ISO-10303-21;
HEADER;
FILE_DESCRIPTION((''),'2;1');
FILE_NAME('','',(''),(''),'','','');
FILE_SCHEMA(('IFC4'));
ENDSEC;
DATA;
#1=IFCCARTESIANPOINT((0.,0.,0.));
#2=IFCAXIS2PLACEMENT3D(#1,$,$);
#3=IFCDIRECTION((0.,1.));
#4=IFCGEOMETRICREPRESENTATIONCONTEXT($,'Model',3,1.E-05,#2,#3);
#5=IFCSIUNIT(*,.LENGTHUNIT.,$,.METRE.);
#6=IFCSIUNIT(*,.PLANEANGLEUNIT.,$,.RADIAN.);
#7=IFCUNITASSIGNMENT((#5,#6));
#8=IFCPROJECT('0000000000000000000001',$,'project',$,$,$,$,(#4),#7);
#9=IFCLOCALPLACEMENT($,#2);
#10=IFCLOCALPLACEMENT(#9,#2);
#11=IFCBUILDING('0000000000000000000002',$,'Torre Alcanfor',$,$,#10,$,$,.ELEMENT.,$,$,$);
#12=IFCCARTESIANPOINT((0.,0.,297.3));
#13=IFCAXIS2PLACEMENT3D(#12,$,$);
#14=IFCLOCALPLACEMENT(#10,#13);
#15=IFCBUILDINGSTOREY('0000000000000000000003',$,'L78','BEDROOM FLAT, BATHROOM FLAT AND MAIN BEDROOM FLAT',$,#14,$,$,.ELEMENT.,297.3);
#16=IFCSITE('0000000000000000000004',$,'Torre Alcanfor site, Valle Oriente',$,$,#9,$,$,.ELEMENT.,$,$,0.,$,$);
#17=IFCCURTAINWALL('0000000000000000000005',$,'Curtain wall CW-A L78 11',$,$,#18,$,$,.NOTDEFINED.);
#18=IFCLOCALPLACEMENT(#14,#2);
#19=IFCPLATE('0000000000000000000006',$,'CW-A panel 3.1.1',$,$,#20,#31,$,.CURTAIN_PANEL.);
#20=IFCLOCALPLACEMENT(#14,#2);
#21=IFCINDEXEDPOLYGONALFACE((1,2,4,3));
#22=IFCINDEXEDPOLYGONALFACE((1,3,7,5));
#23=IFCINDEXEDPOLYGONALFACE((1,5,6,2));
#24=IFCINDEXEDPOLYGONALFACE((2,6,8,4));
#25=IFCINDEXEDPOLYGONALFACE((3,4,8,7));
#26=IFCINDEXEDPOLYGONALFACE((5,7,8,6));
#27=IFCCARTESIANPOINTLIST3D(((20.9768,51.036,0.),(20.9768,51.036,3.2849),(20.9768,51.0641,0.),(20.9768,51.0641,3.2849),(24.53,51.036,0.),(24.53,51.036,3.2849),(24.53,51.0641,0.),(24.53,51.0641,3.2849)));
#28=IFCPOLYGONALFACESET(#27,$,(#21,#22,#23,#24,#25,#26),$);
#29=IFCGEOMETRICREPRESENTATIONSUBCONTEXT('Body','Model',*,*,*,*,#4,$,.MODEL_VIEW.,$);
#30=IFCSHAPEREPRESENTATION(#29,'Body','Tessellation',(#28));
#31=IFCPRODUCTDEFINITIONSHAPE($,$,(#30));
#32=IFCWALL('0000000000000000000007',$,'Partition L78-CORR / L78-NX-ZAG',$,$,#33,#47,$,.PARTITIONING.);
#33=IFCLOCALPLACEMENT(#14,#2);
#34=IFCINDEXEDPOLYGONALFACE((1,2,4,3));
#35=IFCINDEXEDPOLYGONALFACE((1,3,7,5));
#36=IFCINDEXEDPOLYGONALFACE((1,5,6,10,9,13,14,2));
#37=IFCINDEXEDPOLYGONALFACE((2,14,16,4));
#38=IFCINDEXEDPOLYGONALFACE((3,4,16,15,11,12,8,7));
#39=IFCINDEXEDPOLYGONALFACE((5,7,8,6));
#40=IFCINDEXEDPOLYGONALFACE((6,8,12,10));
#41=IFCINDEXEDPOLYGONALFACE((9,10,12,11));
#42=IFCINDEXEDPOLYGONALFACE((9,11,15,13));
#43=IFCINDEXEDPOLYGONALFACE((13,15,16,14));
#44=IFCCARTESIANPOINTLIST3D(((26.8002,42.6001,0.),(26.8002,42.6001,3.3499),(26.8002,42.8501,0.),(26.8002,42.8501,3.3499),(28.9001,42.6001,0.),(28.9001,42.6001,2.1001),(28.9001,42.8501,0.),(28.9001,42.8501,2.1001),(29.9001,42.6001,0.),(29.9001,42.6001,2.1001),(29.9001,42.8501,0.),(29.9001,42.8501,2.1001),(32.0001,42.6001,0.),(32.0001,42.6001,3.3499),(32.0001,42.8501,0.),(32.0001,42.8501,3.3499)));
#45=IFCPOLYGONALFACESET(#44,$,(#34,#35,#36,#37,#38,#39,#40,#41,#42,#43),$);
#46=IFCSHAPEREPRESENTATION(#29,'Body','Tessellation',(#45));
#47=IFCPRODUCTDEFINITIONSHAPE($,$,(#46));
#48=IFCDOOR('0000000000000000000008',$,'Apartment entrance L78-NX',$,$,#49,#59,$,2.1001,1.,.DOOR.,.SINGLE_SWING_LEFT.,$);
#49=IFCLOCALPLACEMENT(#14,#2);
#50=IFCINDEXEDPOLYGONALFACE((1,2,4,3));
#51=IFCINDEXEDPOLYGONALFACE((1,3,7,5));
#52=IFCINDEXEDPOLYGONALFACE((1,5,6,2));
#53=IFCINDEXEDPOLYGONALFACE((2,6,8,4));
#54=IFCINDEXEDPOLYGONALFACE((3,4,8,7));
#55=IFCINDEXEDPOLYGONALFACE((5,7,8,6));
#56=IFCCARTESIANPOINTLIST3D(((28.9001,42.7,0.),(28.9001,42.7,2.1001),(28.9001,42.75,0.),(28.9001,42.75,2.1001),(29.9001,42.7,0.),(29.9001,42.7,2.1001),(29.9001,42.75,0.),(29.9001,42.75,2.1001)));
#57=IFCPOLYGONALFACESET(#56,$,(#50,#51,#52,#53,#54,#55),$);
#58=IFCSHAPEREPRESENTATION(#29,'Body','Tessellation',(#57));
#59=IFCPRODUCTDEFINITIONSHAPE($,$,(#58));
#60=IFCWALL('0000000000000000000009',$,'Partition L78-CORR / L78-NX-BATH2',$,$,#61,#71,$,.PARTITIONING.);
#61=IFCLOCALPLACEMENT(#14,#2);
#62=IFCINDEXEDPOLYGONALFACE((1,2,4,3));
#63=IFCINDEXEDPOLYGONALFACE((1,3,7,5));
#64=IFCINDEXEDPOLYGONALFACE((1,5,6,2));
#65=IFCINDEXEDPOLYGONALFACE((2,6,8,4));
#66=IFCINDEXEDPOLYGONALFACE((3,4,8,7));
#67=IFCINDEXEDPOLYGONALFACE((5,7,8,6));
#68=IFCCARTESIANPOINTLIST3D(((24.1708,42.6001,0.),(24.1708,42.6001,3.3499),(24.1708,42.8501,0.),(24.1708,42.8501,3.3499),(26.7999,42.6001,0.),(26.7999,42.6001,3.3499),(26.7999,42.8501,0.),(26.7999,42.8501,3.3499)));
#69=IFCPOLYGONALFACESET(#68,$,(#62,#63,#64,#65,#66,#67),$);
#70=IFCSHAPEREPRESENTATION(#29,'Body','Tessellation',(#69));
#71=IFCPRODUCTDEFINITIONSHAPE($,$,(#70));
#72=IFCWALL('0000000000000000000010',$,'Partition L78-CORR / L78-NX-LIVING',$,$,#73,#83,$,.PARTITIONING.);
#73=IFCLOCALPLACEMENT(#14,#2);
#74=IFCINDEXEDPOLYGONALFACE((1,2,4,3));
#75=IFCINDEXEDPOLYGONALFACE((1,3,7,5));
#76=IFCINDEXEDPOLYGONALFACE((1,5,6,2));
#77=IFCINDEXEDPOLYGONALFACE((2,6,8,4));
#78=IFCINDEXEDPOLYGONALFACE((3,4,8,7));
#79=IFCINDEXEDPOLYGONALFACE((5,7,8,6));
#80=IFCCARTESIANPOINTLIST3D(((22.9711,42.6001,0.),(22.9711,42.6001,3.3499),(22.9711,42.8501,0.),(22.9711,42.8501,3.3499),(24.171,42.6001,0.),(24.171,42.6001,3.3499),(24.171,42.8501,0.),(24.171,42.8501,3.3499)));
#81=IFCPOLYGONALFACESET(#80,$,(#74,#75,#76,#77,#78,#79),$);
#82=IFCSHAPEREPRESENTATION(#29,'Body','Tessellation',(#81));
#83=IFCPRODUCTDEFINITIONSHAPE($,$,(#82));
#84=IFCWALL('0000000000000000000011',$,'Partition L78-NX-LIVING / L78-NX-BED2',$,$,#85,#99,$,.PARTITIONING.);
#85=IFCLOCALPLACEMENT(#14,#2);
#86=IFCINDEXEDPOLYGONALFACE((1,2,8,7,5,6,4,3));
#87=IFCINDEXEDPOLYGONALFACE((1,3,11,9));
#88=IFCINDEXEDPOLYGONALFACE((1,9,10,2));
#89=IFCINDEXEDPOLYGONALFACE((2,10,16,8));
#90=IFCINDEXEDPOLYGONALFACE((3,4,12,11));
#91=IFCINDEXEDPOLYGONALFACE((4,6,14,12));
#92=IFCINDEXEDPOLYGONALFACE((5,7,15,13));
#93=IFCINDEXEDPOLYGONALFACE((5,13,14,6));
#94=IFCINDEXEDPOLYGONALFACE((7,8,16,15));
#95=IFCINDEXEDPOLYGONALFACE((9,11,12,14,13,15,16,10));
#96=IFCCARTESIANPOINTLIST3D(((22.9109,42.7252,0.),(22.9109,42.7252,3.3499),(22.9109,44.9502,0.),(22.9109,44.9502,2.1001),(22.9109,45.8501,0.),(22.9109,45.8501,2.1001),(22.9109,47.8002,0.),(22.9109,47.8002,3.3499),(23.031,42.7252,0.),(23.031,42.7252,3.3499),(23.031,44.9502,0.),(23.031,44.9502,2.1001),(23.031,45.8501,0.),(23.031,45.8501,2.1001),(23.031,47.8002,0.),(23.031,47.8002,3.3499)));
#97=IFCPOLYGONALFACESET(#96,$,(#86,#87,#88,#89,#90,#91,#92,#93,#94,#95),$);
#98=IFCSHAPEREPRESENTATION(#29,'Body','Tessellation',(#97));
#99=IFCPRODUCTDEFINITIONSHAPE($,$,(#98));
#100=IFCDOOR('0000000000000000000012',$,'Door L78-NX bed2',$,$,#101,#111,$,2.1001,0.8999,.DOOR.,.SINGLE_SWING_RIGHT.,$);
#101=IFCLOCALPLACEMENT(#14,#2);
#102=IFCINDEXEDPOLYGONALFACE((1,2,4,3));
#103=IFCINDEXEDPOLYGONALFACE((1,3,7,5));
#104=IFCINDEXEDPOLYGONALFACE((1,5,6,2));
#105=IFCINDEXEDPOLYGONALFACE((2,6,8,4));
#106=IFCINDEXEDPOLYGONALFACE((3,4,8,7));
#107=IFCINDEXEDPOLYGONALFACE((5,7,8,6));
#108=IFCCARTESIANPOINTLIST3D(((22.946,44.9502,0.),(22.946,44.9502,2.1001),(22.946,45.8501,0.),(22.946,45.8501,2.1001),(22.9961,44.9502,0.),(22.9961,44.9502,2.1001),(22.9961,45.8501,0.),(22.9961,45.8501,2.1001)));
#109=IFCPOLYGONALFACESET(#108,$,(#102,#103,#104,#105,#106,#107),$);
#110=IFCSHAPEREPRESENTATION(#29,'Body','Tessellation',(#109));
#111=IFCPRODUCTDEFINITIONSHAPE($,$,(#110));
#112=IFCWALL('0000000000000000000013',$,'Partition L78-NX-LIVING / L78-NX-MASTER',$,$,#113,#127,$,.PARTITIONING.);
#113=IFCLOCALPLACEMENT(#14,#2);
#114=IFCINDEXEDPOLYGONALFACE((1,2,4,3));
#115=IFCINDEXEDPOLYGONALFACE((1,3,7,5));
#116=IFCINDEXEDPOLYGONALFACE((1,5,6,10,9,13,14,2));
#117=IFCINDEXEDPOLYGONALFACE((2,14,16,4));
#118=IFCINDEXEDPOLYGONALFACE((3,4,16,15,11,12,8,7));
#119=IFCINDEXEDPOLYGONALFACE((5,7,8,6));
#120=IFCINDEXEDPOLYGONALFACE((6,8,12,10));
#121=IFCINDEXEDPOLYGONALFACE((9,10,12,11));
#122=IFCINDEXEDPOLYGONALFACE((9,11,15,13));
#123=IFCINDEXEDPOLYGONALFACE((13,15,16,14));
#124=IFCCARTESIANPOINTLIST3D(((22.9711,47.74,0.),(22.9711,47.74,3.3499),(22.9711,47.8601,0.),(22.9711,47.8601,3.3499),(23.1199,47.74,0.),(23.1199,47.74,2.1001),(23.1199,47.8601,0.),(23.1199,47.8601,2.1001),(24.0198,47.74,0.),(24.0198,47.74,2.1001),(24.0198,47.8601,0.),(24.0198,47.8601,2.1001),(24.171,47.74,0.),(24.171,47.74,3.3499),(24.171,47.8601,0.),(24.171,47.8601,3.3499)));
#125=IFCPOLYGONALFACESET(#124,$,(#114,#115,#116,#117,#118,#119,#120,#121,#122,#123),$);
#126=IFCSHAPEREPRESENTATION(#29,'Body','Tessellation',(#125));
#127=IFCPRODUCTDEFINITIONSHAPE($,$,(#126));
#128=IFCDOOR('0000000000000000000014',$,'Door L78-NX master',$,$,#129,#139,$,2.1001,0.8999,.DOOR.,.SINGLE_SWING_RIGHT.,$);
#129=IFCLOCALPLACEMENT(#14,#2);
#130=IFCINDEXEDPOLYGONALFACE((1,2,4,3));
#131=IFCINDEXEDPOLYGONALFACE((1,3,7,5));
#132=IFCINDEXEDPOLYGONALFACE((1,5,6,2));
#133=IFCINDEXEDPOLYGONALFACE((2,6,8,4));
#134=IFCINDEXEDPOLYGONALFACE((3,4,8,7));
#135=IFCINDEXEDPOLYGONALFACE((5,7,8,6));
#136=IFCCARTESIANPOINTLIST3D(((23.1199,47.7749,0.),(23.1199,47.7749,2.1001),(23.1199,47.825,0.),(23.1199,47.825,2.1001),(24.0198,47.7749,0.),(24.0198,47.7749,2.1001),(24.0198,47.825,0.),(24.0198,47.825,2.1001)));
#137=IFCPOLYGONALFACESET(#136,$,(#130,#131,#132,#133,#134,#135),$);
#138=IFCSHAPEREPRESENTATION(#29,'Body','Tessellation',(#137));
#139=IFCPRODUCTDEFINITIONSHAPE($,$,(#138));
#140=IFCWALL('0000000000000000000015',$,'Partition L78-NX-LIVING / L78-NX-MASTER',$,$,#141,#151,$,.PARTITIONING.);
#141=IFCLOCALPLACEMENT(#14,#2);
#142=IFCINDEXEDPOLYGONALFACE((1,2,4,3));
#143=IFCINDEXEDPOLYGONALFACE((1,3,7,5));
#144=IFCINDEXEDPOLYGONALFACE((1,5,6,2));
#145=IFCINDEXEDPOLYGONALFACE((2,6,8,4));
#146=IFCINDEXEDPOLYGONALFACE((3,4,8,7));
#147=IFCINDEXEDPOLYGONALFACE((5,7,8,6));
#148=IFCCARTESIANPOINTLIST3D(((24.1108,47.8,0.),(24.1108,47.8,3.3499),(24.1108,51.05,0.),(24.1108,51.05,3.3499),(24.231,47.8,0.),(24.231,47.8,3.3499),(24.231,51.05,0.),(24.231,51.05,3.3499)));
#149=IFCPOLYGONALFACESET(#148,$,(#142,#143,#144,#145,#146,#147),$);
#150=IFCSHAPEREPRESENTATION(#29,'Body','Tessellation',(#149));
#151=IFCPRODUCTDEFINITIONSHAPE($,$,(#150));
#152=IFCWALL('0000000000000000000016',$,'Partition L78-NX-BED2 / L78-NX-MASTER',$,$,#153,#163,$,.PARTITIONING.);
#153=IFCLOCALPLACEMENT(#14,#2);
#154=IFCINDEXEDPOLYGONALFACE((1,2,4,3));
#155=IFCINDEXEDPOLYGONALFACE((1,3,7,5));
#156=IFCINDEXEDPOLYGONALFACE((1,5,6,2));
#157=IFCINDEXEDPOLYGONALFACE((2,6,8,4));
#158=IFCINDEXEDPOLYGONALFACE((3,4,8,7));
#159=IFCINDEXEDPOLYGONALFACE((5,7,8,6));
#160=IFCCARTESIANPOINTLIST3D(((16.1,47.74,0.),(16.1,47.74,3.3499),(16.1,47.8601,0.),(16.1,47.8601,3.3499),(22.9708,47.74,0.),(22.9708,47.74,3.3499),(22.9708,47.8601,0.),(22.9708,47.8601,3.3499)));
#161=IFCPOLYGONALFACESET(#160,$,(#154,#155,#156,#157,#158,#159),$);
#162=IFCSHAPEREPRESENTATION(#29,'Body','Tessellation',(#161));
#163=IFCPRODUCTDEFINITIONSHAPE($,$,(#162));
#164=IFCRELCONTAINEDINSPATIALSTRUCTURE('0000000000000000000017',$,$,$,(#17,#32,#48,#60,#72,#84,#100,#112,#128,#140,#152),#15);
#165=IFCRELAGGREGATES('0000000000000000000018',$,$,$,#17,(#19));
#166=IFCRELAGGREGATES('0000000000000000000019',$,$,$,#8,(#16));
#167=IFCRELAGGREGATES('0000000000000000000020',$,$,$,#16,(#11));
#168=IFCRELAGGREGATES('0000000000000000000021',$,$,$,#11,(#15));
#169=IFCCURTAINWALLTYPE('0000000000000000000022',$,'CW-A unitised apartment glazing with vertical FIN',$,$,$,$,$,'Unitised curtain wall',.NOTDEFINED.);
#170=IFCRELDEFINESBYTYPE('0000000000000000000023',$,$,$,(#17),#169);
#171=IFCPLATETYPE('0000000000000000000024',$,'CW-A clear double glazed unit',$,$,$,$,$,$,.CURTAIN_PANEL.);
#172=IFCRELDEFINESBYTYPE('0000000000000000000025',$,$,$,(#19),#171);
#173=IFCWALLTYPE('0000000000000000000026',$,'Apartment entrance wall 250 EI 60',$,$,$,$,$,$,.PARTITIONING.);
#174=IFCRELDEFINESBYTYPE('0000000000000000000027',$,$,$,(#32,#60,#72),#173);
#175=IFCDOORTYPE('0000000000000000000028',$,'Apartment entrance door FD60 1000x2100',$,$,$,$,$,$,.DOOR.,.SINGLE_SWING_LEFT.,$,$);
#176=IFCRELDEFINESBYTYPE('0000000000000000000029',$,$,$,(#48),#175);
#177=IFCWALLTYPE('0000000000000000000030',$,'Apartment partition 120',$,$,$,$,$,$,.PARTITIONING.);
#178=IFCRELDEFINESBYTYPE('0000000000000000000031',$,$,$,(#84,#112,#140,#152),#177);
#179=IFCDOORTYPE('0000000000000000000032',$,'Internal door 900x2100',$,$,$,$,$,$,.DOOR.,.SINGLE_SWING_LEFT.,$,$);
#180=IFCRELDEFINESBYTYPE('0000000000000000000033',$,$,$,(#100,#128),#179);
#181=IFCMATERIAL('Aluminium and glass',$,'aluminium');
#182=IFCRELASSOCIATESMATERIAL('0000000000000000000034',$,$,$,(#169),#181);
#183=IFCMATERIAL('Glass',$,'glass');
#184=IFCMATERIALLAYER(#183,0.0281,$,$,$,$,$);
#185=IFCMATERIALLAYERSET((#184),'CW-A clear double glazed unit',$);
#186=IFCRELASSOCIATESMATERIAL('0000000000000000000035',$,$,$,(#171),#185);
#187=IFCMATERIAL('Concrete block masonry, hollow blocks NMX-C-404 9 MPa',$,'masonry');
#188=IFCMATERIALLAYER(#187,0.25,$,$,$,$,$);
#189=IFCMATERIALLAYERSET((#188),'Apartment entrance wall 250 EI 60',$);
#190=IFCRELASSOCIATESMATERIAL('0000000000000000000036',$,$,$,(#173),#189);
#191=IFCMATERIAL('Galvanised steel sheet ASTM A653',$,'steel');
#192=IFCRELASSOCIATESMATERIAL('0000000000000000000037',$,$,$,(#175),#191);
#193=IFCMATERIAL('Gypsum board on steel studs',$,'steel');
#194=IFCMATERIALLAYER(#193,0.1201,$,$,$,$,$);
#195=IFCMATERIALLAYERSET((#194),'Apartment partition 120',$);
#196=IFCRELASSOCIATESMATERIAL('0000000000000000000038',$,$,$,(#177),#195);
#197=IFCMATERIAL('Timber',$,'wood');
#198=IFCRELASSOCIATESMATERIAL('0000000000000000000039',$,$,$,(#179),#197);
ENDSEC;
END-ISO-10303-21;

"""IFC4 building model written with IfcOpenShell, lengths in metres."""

from ifc_helpers import new_model, si_unit, direction, frame, frame_2d, origin, origin_2d, place, context, subcontext, project, spatial, rectangle, extrude, material, layer, layer_set, type_object, element, fill, aggregate, save


model = new_model("IFC4")

# Units and contexts
model_context = context("Model", 3, precision=1e-05, world=origin(), true_north=direction((0.0, 1.0)))
body_context = subcontext(model_context, "Body", "Model", "MODEL_VIEW")
ifc_project = project(units=[si_unit("LENGTHUNIT", "METRE"), si_unit("PLANEANGLEUNIT", "RADIAN")], contexts=[model_context])

# Site, building, storey
site_placement = place(None, origin())
site = spatial("IfcSite", under=ifc_project, at=site_placement, Name="Torre Alcanfor site, Valle Oriente", CompositionType="ELEMENT", RefElevation=0.0)
building_placement = place(site_placement, origin())
building = spatial("IfcBuilding", under=site, at=building_placement, Name="Torre Alcanfor", CompositionType="ELEMENT")
storey_placement = place(building_placement, frame((0.0, 0.0, 297.3)))
storey = spatial("IfcBuildingStorey", under=building, at=storey_placement, Name="L78", Description="BEDROOM FLAT, BATHROOM FLAT AND MAIN BEDROOM FLAT", CompositionType="ELEMENT", Elevation=297.3)

# Curtain wall
ifc_material_1 = material(Name="Aluminium and glass", Category="aluminium")
curtain_wall_type = type_object("IfcCurtainWallType", Name="CW-A unitised apartment glazing with vertical FIN", ElementType="Unitised curtain wall", PredefinedType="NOTDEFINED", material=ifc_material_1)
curtain_wall_placement = place(storey_placement, origin())
curtain_wall = element("IfcCurtainWall", 1, at=curtain_wall_placement, inside=storey, type_object=curtain_wall_type, Name="Curtain wall CW-A L78 11", PredefinedType="NOTDEFINED")

# Plate
ifc_material_2 = material(Name="Glass", Category="glass")
ifc_layer_1 = layer(ifc_material_2, 0.0281)
ifc_layer_set_1 = layer_set([ifc_layer_1], Name="CW-A clear double glazed unit")
plate_type = type_object("IfcPlateType", Name="CW-A clear double glazed unit", PredefinedType="CURTAIN_PANEL", material=ifc_layer_set_1)
plate_1_placement = place(storey_placement, frame((22.7534, 51.05, 0.0), z_axis=(0.0, 0.0, 1.0), x_axis=(-1.0, 0.0, 0.0)))
plate_1 = element("IfcPlate", 2, at=plate_1_placement, type_object=plate_type, Name="CW-A panel 3.1.1", PredefinedType="CURTAIN_PANEL", context=body_context, shape_type="SweptSolid", body=[
    extrude(rectangle(XDim=3.5532, YDim=0.0281, at=origin_2d()), origin(), (0.0, 0.0, 1.0), 3.2849),
])
aggregate(curtain_wall, [plate_1])

# Wall, opening, door
ifc_material_3 = material(Name="Concrete block masonry, hollow blocks NMX-C-404 9 MPa", Category="masonry")
ifc_layer_2 = layer(ifc_material_3, 0.25)
ifc_layer_set_2 = layer_set([ifc_layer_2], Name="Apartment entrance wall 250 EI 60")
wall_type_1 = type_object("IfcWallType", Name="Apartment entrance wall 250 EI 60", PredefinedType="PARTITIONING", material=ifc_layer_set_2)
wall_1_placement = place(storey_placement, frame((26.8, 42.7251, 0.0), z_axis=(0.0, 0.0, 1.0), x_axis=(1.0, 0.0, 0.0)))
wall_1 = element("IfcWall", 3, at=wall_1_placement, inside=storey, type_object=wall_type_1, Name="Partition L78-CORR / L78-NX-ZAG", PredefinedType="PARTITIONING", context=body_context, shape_type="SweptSolid", body=[
    extrude(rectangle(XDim=5.2, YDim=0.25, at=frame_2d((2.6001, 0.0))), origin(), (0.0, 0.0, 1.0), 3.3499),
])
opening_1_placement = place(wall_1_placement, frame((2.1001, 0.0, 0.0)))
opening_1 = element("IfcOpeningElement", 4, at=opening_1_placement, cuts=wall_1, PredefinedType="OPENING", context=body_context, shape_type="SweptSolid", body=[
    extrude(rectangle(XDim=1.0, YDim=2.1001, at=frame_2d((0.5, 1.05))), frame((0.0, 0.135, 0.0), z_axis=(0.0, -1.0, 0.0), x_axis=(1.0, 0.0, 0.0)), (0.0, 0.0, 1.0), 0.27),
])
ifc_material_4 = material(Name="Galvanised steel sheet ASTM A653", Category="steel")
door_type_1 = type_object("IfcDoorType", Name="Apartment entrance door FD60 1000x2100", OperationType="SINGLE_SWING_LEFT", PredefinedType="DOOR", material=ifc_material_4)
door_1_placement = place(opening_1_placement, origin())
door_1 = element("IfcDoor", 5, at=door_1_placement, inside=storey, type_object=door_type_1, Name="Apartment entrance L78-NX", OperationType="SINGLE_SWING_LEFT", OverallHeight=2.1001, OverallWidth=1.0, PredefinedType="DOOR", context=body_context, shape_type="SweptSolid", body=[
    extrude(rectangle(XDim=1.0, YDim=2.1001, at=frame_2d((0.5, 1.05))), frame((0.0, 0.0249, 0.0), z_axis=(0.0, -1.0, 0.0), x_axis=(1.0, 0.0, 0.0)), (0.0, 0.0, 1.0), 0.05),
])
fill(opening_1, door_1)

# Walls
wall_2_placement = place(storey_placement, frame((24.1709, 42.7251, 0.0), z_axis=(0.0, 0.0, 1.0), x_axis=(1.0, 0.0, 0.0)))
element("IfcWall", 6, at=wall_2_placement, inside=storey, type_object=wall_type_1, Name="Partition L78-CORR / L78-NX-BATH2", PredefinedType="PARTITIONING", context=body_context, shape_type="SweptSolid", body=[
    extrude(rectangle(XDim=2.6292, YDim=0.25, at=frame_2d((1.3145, 0.0))), origin(), (0.0, 0.0, 1.0), 3.3499),
])
wall_3_placement = place(storey_placement, frame((22.9709, 42.7251, 0.0), z_axis=(0.0, 0.0, 1.0), x_axis=(1.0, 0.0, 0.0)))
element("IfcWall", 7, at=wall_3_placement, inside=storey, type_object=wall_type_1, Name="Partition L78-CORR / L78-NX-LIVING", PredefinedType="PARTITIONING", context=body_context, shape_type="SweptSolid", body=[
    extrude(rectangle(XDim=1.2, YDim=0.25, at=frame_2d((0.6001, 0.0))), origin(), (0.0, 0.0, 1.0), 3.3499),
])

# Walls, openings, doors
ifc_material_5 = material(Name="Gypsum board on steel studs", Category="steel")
ifc_layer_3 = layer(ifc_material_5, 0.1201)
ifc_layer_set_3 = layer_set([ifc_layer_3], Name="Apartment partition 120")
wall_type_2 = type_object("IfcWallType", Name="Apartment partition 120", PredefinedType="PARTITIONING", material=ifc_layer_set_3)
wall_4_placement = place(storey_placement, frame((22.9709, 42.7251, 0.0), z_axis=(0.0, 0.0, 1.0), x_axis=(0.0, 1.0, 0.0)))
wall_4 = element("IfcWall", 8, at=wall_4_placement, inside=storey, type_object=wall_type_2, Name="Partition L78-NX-LIVING / L78-NX-BED2", PredefinedType="PARTITIONING", context=body_context, shape_type="SweptSolid", body=[
    extrude(rectangle(XDim=5.075, YDim=0.1201, at=frame_2d((2.5376, 0.0))), origin(), (0.0, 0.0, 1.0), 3.3499),
])
opening_2_placement = place(wall_4_placement, frame((2.2251, 0.0, 0.0)))
opening_2 = element("IfcOpeningElement", 9, at=opening_2_placement, cuts=wall_4, PredefinedType="OPENING", context=body_context, shape_type="SweptSolid", body=[
    extrude(rectangle(XDim=0.8999, YDim=2.1001, at=frame_2d((0.45, 1.05))), frame((0.0, 0.0701, 0.0), z_axis=(0.0, -1.0, 0.0), x_axis=(1.0, 0.0, 0.0)), (0.0, 0.0, 1.0), 0.1401),
])
ifc_material_6 = material(Name="Timber", Category="wood")
door_type_2 = type_object("IfcDoorType", Name="Internal door 900x2100", OperationType="SINGLE_SWING_LEFT", PredefinedType="DOOR", material=ifc_material_6)
door_2_placement = place(opening_2_placement, origin())
door_2 = element("IfcDoor", 10, at=door_2_placement, inside=storey, type_object=door_type_2, Name="Door L78-NX bed2", OperationType="SINGLE_SWING_RIGHT", OverallHeight=2.1001, OverallWidth=0.8999, PredefinedType="DOOR", context=body_context, shape_type="SweptSolid", body=[
    extrude(rectangle(XDim=0.8999, YDim=2.1001, at=frame_2d((0.45, 1.05))), frame((0.0, 0.0249, 0.0), z_axis=(0.0, -1.0, 0.0), x_axis=(1.0, 0.0, 0.0)), (0.0, 0.0, 1.0), 0.05),
])
fill(opening_2, door_2)
wall_5_placement = place(storey_placement, frame((22.9709, 47.8, 0.0), z_axis=(0.0, 0.0, 1.0), x_axis=(1.0, 0.0, 0.0)))
wall_5 = element("IfcWall", 11, at=wall_5_placement, inside=storey, type_object=wall_type_2, Name="Partition L78-NX-LIVING / L78-NX-MASTER", PredefinedType="PARTITIONING", context=body_context, shape_type="SweptSolid", body=[
    extrude(rectangle(XDim=1.2, YDim=0.1201, at=frame_2d((0.6001, 0.0))), origin(), (0.0, 0.0, 1.0), 3.3499),
])
opening_3_placement = place(wall_5_placement, frame((0.1489, 0.0, 0.0)))
opening_3 = element("IfcOpeningElement", 12, at=opening_3_placement, cuts=wall_5, PredefinedType="OPENING", context=body_context, shape_type="SweptSolid", body=[
    extrude(rectangle(XDim=0.8999, YDim=2.1001, at=frame_2d((0.45, 1.05))), frame((0.0, 0.0701, 0.0), z_axis=(0.0, -1.0, 0.0), x_axis=(1.0, 0.0, 0.0)), (0.0, 0.0, 1.0), 0.1401),
])
door_3_placement = place(opening_3_placement, origin())
door_3 = element("IfcDoor", 13, at=door_3_placement, inside=storey, type_object=door_type_2, Name="Door L78-NX master", OperationType="SINGLE_SWING_RIGHT", OverallHeight=2.1001, OverallWidth=0.8999, PredefinedType="DOOR", context=body_context, shape_type="SweptSolid", body=[
    extrude(rectangle(XDim=0.8999, YDim=2.1001, at=frame_2d((0.45, 1.05))), frame((0.0, 0.0249, 0.0), z_axis=(0.0, -1.0, 0.0), x_axis=(1.0, 0.0, 0.0)), (0.0, 0.0, 1.0), 0.05),
])
fill(opening_3, door_3)

# Walls
wall_6_placement = place(storey_placement, frame((24.1709, 47.8, 0.0), z_axis=(0.0, 0.0, 1.0), x_axis=(0.0, 1.0, 0.0)))
element("IfcWall", 14, at=wall_6_placement, inside=storey, type_object=wall_type_2, Name="Partition L78-NX-LIVING / L78-NX-MASTER", PredefinedType="PARTITIONING", context=body_context, shape_type="SweptSolid", body=[
    extrude(rectangle(XDim=3.25, YDim=0.1201, at=frame_2d((1.625, 0.0))), origin(), (0.0, 0.0, 1.0), 3.3499),
])
wall_7_placement = place(storey_placement, frame((22.9709, 47.8, 0.0), z_axis=(0.0, 0.0, 1.0), x_axis=(-1.0, 0.0, 0.0)))
element("IfcWall", 15, at=wall_7_placement, inside=storey, type_object=wall_type_2, Name="Partition L78-NX-BED2 / L78-NX-MASTER", PredefinedType="PARTITIONING", context=body_context, shape_type="SweptSolid", body=[
    extrude(rectangle(XDim=6.8708, YDim=0.1201, at=frame_2d((3.4355, 0.0))), origin(), (0.0, 0.0, 1.0), 3.3499),
])

save(model, "model.ifc")
